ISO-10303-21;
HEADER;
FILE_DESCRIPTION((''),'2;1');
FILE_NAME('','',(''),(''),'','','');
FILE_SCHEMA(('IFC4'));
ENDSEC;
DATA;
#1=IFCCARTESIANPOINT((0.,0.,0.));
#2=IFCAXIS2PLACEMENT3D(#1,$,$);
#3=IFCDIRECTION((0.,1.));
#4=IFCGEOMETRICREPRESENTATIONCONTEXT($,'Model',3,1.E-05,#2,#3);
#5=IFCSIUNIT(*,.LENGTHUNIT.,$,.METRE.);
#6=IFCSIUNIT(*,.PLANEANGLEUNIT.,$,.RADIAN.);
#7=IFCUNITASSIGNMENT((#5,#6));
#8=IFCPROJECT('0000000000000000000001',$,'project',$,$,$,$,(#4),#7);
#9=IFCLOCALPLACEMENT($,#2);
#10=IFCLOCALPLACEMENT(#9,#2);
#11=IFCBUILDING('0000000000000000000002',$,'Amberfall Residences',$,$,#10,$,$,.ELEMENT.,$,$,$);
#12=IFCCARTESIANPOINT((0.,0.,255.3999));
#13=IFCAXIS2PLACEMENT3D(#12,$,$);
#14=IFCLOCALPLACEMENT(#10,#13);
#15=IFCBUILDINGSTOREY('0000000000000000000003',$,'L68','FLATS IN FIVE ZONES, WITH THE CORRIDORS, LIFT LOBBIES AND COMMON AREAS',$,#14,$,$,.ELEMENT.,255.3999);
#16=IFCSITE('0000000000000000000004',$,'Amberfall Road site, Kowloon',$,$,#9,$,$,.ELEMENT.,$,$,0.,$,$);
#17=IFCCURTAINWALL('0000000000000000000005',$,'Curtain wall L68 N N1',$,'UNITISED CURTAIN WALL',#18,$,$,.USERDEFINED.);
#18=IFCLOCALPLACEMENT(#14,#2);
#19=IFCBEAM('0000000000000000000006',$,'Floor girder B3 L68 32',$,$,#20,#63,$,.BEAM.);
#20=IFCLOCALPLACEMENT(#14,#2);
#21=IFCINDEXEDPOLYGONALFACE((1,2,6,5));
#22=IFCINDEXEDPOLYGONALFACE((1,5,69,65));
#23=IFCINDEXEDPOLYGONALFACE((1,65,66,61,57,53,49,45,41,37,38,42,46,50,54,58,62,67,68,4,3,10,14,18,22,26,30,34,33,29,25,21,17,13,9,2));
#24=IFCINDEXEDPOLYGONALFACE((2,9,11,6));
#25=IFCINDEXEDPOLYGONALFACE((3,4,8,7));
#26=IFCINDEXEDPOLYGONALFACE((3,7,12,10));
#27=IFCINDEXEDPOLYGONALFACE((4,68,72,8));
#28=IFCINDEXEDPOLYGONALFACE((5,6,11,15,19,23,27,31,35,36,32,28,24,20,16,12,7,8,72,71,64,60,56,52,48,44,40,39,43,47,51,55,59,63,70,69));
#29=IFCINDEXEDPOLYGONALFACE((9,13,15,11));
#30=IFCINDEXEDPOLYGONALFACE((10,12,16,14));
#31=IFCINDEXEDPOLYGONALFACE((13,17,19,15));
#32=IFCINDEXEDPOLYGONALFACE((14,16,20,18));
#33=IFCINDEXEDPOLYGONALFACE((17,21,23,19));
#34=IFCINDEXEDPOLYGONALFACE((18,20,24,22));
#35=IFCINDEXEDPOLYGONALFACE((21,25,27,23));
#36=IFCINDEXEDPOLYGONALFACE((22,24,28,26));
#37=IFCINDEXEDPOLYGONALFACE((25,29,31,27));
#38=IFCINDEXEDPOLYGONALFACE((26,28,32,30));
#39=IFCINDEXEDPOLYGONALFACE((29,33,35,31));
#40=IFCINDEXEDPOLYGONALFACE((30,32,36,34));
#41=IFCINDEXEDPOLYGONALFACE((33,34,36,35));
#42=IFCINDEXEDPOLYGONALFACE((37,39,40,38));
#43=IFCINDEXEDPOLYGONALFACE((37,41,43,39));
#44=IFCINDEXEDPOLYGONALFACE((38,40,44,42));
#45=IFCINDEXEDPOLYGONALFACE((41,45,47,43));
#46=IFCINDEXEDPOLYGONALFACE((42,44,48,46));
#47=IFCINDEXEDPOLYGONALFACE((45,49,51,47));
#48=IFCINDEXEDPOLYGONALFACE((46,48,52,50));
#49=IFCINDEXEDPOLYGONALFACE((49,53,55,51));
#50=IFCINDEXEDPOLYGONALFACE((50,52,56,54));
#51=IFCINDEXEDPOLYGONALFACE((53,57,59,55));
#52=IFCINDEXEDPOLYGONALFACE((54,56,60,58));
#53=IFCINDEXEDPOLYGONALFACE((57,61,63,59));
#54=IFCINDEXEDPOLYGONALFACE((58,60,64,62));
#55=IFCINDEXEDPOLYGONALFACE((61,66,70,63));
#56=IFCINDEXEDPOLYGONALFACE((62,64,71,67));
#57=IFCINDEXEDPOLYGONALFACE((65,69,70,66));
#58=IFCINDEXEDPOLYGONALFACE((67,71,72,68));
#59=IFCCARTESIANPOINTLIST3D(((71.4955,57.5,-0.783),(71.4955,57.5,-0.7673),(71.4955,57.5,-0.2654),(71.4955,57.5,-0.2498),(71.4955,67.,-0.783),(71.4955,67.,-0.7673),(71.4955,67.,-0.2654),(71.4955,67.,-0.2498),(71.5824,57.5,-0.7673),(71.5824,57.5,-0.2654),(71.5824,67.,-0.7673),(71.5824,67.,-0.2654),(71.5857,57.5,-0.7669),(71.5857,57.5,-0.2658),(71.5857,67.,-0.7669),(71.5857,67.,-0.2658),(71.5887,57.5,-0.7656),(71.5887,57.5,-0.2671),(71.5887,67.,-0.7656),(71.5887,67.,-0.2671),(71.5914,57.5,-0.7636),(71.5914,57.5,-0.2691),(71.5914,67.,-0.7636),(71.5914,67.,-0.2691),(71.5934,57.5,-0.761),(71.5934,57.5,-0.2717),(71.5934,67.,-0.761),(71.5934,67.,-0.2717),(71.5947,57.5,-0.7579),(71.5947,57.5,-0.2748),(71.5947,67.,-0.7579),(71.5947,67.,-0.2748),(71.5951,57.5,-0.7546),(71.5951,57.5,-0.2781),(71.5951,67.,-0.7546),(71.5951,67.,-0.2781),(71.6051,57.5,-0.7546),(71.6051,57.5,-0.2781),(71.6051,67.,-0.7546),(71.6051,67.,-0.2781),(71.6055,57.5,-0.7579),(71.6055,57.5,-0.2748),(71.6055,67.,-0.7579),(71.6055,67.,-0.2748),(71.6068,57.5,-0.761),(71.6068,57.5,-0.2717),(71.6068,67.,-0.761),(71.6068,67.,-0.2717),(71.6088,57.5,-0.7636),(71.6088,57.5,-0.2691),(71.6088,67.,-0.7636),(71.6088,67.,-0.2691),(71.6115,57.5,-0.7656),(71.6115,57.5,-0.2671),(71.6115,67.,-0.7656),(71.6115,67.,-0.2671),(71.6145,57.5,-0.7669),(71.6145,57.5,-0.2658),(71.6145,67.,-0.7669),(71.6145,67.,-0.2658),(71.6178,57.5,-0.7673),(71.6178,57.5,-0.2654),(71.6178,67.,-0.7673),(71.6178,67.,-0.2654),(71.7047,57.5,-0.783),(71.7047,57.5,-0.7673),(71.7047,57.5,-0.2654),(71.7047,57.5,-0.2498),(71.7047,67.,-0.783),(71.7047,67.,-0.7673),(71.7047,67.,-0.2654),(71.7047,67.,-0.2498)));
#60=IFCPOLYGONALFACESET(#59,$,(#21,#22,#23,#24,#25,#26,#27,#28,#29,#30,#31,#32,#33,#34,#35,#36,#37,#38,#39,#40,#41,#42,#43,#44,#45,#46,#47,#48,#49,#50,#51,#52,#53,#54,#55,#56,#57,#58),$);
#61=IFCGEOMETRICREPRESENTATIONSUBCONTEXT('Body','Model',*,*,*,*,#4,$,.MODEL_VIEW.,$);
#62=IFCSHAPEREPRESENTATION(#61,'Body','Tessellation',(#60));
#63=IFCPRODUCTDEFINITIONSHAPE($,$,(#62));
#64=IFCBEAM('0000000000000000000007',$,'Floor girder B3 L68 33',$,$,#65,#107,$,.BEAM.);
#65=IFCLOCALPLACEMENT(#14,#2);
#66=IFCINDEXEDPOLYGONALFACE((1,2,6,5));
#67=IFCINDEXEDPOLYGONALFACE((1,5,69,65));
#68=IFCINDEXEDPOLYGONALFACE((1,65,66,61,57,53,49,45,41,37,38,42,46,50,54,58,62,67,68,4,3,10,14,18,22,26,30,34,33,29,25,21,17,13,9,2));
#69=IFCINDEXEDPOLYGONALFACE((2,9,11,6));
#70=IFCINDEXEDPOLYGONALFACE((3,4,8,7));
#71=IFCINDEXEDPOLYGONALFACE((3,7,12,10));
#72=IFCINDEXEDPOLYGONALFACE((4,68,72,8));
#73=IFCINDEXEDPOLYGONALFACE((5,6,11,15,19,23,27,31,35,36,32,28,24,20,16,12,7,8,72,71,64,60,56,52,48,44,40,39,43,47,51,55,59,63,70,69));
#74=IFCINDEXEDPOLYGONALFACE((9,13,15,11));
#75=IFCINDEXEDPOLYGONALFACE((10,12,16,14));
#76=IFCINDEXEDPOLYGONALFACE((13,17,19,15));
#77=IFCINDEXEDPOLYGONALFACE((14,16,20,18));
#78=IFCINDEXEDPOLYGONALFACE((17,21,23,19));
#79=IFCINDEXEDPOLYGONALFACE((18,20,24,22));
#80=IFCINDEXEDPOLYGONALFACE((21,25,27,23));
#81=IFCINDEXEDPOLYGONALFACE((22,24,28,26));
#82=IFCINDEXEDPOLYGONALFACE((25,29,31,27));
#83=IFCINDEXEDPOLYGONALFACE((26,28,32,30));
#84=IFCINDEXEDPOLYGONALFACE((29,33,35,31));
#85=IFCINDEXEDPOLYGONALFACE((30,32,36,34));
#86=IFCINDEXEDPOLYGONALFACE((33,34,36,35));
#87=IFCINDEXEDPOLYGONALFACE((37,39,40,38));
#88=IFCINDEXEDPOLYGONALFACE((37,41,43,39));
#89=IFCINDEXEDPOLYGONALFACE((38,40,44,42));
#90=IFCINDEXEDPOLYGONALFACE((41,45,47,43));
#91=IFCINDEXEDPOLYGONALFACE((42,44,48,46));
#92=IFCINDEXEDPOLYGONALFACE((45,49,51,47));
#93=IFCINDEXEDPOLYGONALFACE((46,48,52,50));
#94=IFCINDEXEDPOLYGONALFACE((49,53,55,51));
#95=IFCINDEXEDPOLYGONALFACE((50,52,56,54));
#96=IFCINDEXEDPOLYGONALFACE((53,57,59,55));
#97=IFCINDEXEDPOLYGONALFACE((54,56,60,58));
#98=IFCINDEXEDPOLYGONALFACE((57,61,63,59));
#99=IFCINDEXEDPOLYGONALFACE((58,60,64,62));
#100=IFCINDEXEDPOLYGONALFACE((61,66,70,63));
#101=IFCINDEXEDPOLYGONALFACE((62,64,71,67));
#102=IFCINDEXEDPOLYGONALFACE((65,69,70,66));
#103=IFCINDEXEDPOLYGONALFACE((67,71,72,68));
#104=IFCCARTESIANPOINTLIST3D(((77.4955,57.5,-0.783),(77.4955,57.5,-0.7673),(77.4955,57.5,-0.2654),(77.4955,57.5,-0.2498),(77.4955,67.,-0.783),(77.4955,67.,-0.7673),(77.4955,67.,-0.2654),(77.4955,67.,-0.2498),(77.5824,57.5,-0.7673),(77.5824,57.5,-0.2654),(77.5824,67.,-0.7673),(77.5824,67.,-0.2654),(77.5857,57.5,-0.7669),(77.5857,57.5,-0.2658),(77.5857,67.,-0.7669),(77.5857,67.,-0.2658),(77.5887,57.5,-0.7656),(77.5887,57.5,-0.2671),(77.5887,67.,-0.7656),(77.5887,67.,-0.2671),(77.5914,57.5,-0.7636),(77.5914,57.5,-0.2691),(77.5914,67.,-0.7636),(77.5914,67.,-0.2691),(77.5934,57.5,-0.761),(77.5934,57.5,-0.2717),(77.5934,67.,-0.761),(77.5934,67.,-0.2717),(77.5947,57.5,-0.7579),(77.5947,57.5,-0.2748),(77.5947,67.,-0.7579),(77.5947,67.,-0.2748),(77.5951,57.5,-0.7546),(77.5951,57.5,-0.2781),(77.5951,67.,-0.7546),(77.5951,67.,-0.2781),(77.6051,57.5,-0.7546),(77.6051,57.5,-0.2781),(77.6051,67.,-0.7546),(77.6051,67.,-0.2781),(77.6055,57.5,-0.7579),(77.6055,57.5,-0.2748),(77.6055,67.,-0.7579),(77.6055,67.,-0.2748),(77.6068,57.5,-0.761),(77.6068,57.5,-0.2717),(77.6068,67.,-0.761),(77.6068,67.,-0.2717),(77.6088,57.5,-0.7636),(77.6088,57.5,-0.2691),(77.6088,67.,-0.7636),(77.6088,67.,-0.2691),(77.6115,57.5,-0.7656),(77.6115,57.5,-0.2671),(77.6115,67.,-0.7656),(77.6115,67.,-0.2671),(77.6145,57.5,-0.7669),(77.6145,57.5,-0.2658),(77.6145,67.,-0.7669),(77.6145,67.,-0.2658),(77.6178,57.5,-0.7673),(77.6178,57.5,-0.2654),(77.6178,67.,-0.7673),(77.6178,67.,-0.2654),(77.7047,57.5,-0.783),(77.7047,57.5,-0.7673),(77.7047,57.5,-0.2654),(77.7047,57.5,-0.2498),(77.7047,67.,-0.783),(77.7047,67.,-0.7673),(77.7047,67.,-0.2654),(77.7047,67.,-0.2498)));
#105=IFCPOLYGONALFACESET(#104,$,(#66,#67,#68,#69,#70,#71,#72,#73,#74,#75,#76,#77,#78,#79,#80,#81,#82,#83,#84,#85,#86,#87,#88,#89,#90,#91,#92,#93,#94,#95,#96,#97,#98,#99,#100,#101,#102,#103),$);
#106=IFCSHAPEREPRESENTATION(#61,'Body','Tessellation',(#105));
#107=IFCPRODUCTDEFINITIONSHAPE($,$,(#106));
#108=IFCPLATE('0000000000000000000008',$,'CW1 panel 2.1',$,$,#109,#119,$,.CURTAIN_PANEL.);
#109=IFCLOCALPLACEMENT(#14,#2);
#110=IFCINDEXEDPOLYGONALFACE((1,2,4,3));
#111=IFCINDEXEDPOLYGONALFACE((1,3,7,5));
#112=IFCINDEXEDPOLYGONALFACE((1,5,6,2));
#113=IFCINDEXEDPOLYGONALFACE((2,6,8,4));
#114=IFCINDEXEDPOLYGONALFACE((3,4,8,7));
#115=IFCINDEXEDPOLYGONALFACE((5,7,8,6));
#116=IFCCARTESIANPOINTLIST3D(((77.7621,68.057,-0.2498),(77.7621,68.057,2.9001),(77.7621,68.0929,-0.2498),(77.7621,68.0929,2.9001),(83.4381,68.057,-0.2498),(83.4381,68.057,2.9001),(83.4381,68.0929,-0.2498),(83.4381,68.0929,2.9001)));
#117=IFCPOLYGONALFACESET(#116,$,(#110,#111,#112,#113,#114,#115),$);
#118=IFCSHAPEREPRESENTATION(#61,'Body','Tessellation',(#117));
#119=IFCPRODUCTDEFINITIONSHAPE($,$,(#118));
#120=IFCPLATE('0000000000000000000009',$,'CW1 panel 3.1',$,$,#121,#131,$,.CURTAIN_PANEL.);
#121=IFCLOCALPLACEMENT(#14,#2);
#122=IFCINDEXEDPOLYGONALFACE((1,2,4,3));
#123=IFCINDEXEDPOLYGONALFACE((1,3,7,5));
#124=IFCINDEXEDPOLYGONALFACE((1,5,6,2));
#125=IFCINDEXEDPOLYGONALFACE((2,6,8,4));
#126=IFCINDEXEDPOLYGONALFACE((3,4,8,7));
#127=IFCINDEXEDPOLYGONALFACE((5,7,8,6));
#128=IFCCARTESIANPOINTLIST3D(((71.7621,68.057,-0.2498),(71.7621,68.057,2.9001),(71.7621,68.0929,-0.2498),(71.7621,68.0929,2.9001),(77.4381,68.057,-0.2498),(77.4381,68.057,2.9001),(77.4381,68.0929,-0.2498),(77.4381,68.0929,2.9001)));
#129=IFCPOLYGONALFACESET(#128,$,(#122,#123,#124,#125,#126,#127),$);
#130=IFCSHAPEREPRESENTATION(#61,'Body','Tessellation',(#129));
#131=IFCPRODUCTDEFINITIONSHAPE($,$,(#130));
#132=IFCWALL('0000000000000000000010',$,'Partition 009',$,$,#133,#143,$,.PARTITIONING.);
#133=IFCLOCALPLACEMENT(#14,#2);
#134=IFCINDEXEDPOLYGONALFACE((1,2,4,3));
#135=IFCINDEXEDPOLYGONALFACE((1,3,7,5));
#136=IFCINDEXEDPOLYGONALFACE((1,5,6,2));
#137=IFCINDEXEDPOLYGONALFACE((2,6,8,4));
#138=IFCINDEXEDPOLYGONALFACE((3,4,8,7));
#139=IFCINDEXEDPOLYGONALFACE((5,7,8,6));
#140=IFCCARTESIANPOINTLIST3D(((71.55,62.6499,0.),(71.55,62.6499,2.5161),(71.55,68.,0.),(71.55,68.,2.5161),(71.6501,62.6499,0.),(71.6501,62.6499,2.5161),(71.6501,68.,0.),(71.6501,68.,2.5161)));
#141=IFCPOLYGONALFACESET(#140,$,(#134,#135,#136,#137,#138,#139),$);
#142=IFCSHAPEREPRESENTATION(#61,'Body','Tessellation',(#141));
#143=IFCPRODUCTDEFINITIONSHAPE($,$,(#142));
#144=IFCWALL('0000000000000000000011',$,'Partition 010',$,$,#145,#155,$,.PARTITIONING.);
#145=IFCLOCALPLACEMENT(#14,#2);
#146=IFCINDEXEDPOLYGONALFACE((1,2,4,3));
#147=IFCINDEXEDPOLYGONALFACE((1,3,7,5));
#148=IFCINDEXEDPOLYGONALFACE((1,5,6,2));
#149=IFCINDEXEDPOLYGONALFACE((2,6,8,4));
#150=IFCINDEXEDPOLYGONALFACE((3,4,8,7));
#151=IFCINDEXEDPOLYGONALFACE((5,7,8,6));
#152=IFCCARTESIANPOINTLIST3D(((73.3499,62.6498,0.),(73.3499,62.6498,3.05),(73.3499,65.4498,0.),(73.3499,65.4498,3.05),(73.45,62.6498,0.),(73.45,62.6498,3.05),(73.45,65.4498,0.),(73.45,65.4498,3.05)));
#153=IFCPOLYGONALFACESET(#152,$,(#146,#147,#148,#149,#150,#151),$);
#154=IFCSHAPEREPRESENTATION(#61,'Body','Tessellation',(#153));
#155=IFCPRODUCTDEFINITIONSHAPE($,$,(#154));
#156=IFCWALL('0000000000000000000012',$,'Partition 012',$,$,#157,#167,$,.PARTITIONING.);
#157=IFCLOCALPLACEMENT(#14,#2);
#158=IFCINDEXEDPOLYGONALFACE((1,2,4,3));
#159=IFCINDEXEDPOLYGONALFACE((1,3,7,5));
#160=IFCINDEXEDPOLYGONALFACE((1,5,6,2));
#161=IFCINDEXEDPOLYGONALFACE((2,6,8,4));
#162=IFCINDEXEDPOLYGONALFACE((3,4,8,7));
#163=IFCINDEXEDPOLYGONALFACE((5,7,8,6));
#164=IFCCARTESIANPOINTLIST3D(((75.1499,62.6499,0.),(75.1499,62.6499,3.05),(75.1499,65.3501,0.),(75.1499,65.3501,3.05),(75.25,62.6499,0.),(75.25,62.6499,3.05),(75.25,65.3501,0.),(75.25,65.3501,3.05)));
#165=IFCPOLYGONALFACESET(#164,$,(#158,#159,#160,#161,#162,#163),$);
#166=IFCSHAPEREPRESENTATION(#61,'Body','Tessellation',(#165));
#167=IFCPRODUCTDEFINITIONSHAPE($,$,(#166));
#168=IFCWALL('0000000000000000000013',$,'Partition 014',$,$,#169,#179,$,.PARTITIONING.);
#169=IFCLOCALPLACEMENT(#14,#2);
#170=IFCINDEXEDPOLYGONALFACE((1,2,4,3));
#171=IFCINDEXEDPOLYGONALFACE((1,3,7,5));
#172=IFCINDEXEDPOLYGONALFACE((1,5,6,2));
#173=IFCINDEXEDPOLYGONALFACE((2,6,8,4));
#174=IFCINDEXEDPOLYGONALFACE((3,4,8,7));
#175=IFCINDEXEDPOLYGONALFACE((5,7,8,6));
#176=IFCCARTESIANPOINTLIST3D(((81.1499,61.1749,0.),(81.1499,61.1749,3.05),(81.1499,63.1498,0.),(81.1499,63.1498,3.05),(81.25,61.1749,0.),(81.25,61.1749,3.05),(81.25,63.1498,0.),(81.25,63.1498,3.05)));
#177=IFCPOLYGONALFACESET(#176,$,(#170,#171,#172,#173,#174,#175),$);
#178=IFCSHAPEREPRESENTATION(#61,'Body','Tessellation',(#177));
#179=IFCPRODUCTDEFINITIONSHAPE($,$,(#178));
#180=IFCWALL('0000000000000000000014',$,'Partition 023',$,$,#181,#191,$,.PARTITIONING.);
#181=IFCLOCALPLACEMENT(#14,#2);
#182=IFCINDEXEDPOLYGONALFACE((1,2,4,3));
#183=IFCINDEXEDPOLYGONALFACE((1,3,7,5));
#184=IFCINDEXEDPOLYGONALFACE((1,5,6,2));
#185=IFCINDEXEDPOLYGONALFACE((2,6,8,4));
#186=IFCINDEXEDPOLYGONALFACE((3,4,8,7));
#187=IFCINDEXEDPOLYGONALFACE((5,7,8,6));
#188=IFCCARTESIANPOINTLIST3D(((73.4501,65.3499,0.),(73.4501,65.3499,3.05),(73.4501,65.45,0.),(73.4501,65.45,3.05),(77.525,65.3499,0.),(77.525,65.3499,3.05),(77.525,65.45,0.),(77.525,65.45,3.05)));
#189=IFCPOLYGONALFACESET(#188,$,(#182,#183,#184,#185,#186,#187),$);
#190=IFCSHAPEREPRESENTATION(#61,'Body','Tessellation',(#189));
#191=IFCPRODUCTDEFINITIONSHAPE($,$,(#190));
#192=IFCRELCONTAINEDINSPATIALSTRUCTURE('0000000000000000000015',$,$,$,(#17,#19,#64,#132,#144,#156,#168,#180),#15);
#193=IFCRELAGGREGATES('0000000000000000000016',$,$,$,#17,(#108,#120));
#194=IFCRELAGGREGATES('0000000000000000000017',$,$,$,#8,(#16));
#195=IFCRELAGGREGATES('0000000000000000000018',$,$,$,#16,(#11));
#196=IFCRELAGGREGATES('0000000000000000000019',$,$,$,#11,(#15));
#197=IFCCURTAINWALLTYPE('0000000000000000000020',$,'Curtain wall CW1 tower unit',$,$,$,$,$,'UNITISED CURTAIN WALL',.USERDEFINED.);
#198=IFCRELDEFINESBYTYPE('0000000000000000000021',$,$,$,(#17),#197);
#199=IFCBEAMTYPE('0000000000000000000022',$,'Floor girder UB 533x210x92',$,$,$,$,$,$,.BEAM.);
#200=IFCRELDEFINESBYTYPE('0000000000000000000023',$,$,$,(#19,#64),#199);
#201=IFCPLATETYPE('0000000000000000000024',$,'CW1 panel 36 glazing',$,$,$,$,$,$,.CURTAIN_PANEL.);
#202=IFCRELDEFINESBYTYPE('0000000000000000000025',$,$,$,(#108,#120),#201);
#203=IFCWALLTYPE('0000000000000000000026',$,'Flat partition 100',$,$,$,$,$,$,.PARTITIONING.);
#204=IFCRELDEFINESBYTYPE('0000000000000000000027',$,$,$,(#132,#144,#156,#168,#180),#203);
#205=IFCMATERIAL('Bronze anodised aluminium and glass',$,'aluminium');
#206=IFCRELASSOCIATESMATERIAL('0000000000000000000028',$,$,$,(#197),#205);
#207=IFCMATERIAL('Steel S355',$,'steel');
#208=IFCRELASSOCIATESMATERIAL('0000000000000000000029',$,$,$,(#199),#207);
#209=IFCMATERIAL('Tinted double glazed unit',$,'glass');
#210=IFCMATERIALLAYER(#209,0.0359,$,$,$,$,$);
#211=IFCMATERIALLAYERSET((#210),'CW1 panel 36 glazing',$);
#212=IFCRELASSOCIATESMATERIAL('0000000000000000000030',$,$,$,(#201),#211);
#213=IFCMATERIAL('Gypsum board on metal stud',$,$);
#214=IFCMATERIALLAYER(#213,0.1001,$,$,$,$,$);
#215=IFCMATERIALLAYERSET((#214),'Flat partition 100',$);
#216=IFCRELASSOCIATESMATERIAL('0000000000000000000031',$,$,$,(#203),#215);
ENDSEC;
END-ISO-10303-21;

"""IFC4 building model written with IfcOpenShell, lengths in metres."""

from ifc_helpers import new_model, si_unit, direction, frame, frame_2d, origin, origin_2d, place, context, subcontext, project, spatial, rectangle, i_section, extrude, material, layer, layer_set, material_profile, profile_set, type_object, element, aggregate, save


model = new_model("IFC4")

# Units and contexts
model_context = context("Model", 3, precision=1e-05, world=origin(), true_north=direction((0.0, 1.0)))
body_context = subcontext(model_context, "Body", "Model", "MODEL_VIEW")
ifc_project = project(units=[si_unit("LENGTHUNIT", "METRE"), si_unit("PLANEANGLEUNIT", "RADIAN")], contexts=[model_context])

# Site, building, storey
site_placement = place(None, origin())
site = spatial("IfcSite", under=ifc_project, at=site_placement, Name="Amberfall Road site, Kowloon", CompositionType="ELEMENT", RefElevation=0.0)
building_placement = place(site_placement, origin())
building = spatial("IfcBuilding", under=site, at=building_placement, Name="Amberfall Residences", CompositionType="ELEMENT")
storey_placement = place(building_placement, frame((0.0, 0.0, 255.3999)))
storey = spatial("IfcBuildingStorey", under=building, at=storey_placement, Name="L68", Description="FLATS IN FIVE ZONES, WITH THE CORRIDORS, LIFT LOBBIES AND COMMON AREAS", CompositionType="ELEMENT", Elevation=255.3999)

# Curtain wall
ifc_material_1 = material(Name="Bronze anodised aluminium and glass", Category="aluminium")
curtain_wall_type = type_object("IfcCurtainWallType", Name="Curtain wall CW1 tower unit", ElementType="UNITISED CURTAIN WALL", PredefinedType="USERDEFINED", material=ifc_material_1)
curtain_wall_placement = place(storey_placement, origin())
curtain_wall = element("IfcCurtainWall", 1, at=curtain_wall_placement, inside=storey, type_object=curtain_wall_type, Name="Curtain wall L68 N N1", ObjectType="UNITISED CURTAIN WALL", PredefinedType="USERDEFINED")

# Shared definitions
ifc_material_2 = material(Name="Steel S355", Category="steel")

# Beams
ifc_material_profile_1 = material_profile(ifc_material_2, i_section(OverallWidth=0.2092, OverallDepth=0.5332, WebThickness=0.01, FlangeThickness=0.0156, FilletRadius=0.0127, at=origin_2d()), Name="UB 533x210x92")
ifc_profile_set_1 = profile_set([ifc_material_profile_1], Name="Steel S355")
beam_type_1 = type_object("IfcBeamType", Name="Floor girder UB 533x210x92", PredefinedType="BEAM", material=ifc_profile_set_1)
for number, where, z_axis, x_axis, name in (
    (2, (71.6001, 67.0, -0.5164), (0.0, -1.0, 0.0), (1.0, 0.0, 0.0), "Floor girder B3 L68 32"),
    (3, (77.6001, 67.0, -0.5164), (0.0, -1.0, 0.0), (1.0, 0.0, 0.0), "Floor girder B3 L68 33"),
):
    element("IfcBeam", number, at=place(storey_placement, frame(where, z_axis=z_axis, x_axis=x_axis)), inside=storey, type_object=beam_type_1, Name=name, PredefinedType="BEAM", context=body_context, shape_type="SweptSolid", body=[
        extrude(i_section(OverallWidth=0.2092, OverallDepth=0.5332, WebThickness=0.01, FlangeThickness=0.0156, FilletRadius=0.0127, at=origin_2d()), origin(), (0.0, 0.0, 1.0), 9.5),
    ])

# Plates
ifc_material_3 = material(Name="Tinted double glazed unit", Category="glass")
ifc_layer_1 = layer(ifc_material_3, 0.0359)
ifc_layer_set_1 = layer_set([ifc_layer_1], Name="CW1 panel 36 glazing")
plate_type = type_object("IfcPlateType", Name="CW1 panel 36 glazing", PredefinedType="CURTAIN_PANEL", material=ifc_layer_set_1)
plate_1_placement = place(storey_placement, frame((80.6001, 68.075, -0.2498), z_axis=(0.0, 0.0, 1.0), x_axis=(-1.0, 0.0, 0.0)))
plate_1 = element("IfcPlate", 4, at=plate_1_placement, type_object=plate_type, Name="CW1 panel 2.1", PredefinedType="CURTAIN_PANEL", context=body_context, shape_type="SweptSolid", body=[
    extrude(rectangle(XDim=5.676, YDim=0.0359, at=origin_2d()), origin(), (0.0, 0.0, 1.0), 3.1499),
])
plate_2_placement = place(storey_placement, frame((74.6001, 68.075, -0.2498), z_axis=(0.0, 0.0, 1.0), x_axis=(-1.0, 0.0, 0.0)))
plate_2 = element("IfcPlate", 5, at=plate_2_placement, type_object=plate_type, Name="CW1 panel 3.1", PredefinedType="CURTAIN_PANEL", context=body_context, shape_type="SweptSolid", body=[
    extrude(rectangle(XDim=5.676, YDim=0.0359, at=origin_2d()), origin(), (0.0, 0.0, 1.0), 3.1499),
])
aggregate(curtain_wall, [plate_1, plate_2])

# Walls
ifc_material_4 = material(Name="Gypsum board on metal stud")
ifc_layer_2 = layer(ifc_material_4, 0.1001)
ifc_layer_set_2 = layer_set([ifc_layer_2], Name="Flat partition 100")
wall_type_1 = type_object("IfcWallType", Name="Flat partition 100", PredefinedType="PARTITIONING", material=ifc_layer_set_2)
wall_1_placement = place(storey_placement, frame((71.6001, 62.6499, 0.0), z_axis=(0.0, 0.0, 1.0), x_axis=(0.0, 1.0, 0.0)))
element("IfcWall", 6, at=wall_1_placement, inside=storey, type_object=wall_type_1, Name="Partition 009", PredefinedType="PARTITIONING", context=body_context, shape_type="SweptSolid", body=[
    extrude(rectangle(XDim=5.3501, YDim=0.1001, at=frame_2d((2.675, 0.0))), origin(), (0.0, 0.0, 1.0), 2.5161),
])
wall_2_placement = place(storey_placement, frame((73.3999, 62.6499, 0.0), z_axis=(0.0, 0.0, 1.0), x_axis=(0.0, 1.0, 0.0)))
element("IfcWall", 7, at=wall_2_placement, inside=storey, type_object=wall_type_1, Name="Partition 010", PredefinedType="PARTITIONING", context=body_context, shape_type="SweptSolid", body=[
    extrude(rectangle(XDim=2.8, YDim=0.1001, at=frame_2d((1.3999, 0.0))), origin(), (0.0, 0.0, 1.0), 3.05),
])
wall_3_placement = place(storey_placement, frame((75.2, 62.6499, 0.0), z_axis=(0.0, 0.0, 1.0), x_axis=(0.0, 1.0, 0.0)))
element("IfcWall", 8, at=wall_3_placement, inside=storey, type_object=wall_type_1, Name="Partition 012", PredefinedType="PARTITIONING", context=body_context, shape_type="SweptSolid", body=[
    extrude(rectangle(XDim=2.7002, YDim=0.1001, at=frame_2d((1.3501, 0.0))), origin(), (0.0, 0.0, 1.0), 3.05),
])
wall_4_placement = place(storey_placement, frame((81.2, 61.175, 0.0), z_axis=(0.0, 0.0, 1.0), x_axis=(0.0, 1.0, 0.0)))
element("IfcWall", 9, at=wall_4_placement, inside=storey, type_object=wall_type_1, Name="Partition 014", PredefinedType="PARTITIONING", context=body_context, shape_type="SweptSolid", body=[
    extrude(rectangle(XDim=1.9749, YDim=0.1001, at=frame_2d((0.9873, 0.0))), origin(), (0.0, 0.0, 1.0), 3.05),
])
wall_5_placement = place(storey_placement, frame((73.45, 65.3999, 0.0), z_axis=(0.0, 0.0, 1.0), x_axis=(1.0, 0.0, 0.0)))
element("IfcWall", 10, at=wall_5_placement, inside=storey, type_object=wall_type_1, Name="Partition 023", PredefinedType="PARTITIONING", context=body_context, shape_type="SweptSolid", body=[
    extrude(rectangle(XDim=4.075, YDim=0.1001, at=frame_2d((2.0376, 0.0))), origin(), (0.0, 0.0, 1.0), 3.05),
])

save(model, "model.ifc")
